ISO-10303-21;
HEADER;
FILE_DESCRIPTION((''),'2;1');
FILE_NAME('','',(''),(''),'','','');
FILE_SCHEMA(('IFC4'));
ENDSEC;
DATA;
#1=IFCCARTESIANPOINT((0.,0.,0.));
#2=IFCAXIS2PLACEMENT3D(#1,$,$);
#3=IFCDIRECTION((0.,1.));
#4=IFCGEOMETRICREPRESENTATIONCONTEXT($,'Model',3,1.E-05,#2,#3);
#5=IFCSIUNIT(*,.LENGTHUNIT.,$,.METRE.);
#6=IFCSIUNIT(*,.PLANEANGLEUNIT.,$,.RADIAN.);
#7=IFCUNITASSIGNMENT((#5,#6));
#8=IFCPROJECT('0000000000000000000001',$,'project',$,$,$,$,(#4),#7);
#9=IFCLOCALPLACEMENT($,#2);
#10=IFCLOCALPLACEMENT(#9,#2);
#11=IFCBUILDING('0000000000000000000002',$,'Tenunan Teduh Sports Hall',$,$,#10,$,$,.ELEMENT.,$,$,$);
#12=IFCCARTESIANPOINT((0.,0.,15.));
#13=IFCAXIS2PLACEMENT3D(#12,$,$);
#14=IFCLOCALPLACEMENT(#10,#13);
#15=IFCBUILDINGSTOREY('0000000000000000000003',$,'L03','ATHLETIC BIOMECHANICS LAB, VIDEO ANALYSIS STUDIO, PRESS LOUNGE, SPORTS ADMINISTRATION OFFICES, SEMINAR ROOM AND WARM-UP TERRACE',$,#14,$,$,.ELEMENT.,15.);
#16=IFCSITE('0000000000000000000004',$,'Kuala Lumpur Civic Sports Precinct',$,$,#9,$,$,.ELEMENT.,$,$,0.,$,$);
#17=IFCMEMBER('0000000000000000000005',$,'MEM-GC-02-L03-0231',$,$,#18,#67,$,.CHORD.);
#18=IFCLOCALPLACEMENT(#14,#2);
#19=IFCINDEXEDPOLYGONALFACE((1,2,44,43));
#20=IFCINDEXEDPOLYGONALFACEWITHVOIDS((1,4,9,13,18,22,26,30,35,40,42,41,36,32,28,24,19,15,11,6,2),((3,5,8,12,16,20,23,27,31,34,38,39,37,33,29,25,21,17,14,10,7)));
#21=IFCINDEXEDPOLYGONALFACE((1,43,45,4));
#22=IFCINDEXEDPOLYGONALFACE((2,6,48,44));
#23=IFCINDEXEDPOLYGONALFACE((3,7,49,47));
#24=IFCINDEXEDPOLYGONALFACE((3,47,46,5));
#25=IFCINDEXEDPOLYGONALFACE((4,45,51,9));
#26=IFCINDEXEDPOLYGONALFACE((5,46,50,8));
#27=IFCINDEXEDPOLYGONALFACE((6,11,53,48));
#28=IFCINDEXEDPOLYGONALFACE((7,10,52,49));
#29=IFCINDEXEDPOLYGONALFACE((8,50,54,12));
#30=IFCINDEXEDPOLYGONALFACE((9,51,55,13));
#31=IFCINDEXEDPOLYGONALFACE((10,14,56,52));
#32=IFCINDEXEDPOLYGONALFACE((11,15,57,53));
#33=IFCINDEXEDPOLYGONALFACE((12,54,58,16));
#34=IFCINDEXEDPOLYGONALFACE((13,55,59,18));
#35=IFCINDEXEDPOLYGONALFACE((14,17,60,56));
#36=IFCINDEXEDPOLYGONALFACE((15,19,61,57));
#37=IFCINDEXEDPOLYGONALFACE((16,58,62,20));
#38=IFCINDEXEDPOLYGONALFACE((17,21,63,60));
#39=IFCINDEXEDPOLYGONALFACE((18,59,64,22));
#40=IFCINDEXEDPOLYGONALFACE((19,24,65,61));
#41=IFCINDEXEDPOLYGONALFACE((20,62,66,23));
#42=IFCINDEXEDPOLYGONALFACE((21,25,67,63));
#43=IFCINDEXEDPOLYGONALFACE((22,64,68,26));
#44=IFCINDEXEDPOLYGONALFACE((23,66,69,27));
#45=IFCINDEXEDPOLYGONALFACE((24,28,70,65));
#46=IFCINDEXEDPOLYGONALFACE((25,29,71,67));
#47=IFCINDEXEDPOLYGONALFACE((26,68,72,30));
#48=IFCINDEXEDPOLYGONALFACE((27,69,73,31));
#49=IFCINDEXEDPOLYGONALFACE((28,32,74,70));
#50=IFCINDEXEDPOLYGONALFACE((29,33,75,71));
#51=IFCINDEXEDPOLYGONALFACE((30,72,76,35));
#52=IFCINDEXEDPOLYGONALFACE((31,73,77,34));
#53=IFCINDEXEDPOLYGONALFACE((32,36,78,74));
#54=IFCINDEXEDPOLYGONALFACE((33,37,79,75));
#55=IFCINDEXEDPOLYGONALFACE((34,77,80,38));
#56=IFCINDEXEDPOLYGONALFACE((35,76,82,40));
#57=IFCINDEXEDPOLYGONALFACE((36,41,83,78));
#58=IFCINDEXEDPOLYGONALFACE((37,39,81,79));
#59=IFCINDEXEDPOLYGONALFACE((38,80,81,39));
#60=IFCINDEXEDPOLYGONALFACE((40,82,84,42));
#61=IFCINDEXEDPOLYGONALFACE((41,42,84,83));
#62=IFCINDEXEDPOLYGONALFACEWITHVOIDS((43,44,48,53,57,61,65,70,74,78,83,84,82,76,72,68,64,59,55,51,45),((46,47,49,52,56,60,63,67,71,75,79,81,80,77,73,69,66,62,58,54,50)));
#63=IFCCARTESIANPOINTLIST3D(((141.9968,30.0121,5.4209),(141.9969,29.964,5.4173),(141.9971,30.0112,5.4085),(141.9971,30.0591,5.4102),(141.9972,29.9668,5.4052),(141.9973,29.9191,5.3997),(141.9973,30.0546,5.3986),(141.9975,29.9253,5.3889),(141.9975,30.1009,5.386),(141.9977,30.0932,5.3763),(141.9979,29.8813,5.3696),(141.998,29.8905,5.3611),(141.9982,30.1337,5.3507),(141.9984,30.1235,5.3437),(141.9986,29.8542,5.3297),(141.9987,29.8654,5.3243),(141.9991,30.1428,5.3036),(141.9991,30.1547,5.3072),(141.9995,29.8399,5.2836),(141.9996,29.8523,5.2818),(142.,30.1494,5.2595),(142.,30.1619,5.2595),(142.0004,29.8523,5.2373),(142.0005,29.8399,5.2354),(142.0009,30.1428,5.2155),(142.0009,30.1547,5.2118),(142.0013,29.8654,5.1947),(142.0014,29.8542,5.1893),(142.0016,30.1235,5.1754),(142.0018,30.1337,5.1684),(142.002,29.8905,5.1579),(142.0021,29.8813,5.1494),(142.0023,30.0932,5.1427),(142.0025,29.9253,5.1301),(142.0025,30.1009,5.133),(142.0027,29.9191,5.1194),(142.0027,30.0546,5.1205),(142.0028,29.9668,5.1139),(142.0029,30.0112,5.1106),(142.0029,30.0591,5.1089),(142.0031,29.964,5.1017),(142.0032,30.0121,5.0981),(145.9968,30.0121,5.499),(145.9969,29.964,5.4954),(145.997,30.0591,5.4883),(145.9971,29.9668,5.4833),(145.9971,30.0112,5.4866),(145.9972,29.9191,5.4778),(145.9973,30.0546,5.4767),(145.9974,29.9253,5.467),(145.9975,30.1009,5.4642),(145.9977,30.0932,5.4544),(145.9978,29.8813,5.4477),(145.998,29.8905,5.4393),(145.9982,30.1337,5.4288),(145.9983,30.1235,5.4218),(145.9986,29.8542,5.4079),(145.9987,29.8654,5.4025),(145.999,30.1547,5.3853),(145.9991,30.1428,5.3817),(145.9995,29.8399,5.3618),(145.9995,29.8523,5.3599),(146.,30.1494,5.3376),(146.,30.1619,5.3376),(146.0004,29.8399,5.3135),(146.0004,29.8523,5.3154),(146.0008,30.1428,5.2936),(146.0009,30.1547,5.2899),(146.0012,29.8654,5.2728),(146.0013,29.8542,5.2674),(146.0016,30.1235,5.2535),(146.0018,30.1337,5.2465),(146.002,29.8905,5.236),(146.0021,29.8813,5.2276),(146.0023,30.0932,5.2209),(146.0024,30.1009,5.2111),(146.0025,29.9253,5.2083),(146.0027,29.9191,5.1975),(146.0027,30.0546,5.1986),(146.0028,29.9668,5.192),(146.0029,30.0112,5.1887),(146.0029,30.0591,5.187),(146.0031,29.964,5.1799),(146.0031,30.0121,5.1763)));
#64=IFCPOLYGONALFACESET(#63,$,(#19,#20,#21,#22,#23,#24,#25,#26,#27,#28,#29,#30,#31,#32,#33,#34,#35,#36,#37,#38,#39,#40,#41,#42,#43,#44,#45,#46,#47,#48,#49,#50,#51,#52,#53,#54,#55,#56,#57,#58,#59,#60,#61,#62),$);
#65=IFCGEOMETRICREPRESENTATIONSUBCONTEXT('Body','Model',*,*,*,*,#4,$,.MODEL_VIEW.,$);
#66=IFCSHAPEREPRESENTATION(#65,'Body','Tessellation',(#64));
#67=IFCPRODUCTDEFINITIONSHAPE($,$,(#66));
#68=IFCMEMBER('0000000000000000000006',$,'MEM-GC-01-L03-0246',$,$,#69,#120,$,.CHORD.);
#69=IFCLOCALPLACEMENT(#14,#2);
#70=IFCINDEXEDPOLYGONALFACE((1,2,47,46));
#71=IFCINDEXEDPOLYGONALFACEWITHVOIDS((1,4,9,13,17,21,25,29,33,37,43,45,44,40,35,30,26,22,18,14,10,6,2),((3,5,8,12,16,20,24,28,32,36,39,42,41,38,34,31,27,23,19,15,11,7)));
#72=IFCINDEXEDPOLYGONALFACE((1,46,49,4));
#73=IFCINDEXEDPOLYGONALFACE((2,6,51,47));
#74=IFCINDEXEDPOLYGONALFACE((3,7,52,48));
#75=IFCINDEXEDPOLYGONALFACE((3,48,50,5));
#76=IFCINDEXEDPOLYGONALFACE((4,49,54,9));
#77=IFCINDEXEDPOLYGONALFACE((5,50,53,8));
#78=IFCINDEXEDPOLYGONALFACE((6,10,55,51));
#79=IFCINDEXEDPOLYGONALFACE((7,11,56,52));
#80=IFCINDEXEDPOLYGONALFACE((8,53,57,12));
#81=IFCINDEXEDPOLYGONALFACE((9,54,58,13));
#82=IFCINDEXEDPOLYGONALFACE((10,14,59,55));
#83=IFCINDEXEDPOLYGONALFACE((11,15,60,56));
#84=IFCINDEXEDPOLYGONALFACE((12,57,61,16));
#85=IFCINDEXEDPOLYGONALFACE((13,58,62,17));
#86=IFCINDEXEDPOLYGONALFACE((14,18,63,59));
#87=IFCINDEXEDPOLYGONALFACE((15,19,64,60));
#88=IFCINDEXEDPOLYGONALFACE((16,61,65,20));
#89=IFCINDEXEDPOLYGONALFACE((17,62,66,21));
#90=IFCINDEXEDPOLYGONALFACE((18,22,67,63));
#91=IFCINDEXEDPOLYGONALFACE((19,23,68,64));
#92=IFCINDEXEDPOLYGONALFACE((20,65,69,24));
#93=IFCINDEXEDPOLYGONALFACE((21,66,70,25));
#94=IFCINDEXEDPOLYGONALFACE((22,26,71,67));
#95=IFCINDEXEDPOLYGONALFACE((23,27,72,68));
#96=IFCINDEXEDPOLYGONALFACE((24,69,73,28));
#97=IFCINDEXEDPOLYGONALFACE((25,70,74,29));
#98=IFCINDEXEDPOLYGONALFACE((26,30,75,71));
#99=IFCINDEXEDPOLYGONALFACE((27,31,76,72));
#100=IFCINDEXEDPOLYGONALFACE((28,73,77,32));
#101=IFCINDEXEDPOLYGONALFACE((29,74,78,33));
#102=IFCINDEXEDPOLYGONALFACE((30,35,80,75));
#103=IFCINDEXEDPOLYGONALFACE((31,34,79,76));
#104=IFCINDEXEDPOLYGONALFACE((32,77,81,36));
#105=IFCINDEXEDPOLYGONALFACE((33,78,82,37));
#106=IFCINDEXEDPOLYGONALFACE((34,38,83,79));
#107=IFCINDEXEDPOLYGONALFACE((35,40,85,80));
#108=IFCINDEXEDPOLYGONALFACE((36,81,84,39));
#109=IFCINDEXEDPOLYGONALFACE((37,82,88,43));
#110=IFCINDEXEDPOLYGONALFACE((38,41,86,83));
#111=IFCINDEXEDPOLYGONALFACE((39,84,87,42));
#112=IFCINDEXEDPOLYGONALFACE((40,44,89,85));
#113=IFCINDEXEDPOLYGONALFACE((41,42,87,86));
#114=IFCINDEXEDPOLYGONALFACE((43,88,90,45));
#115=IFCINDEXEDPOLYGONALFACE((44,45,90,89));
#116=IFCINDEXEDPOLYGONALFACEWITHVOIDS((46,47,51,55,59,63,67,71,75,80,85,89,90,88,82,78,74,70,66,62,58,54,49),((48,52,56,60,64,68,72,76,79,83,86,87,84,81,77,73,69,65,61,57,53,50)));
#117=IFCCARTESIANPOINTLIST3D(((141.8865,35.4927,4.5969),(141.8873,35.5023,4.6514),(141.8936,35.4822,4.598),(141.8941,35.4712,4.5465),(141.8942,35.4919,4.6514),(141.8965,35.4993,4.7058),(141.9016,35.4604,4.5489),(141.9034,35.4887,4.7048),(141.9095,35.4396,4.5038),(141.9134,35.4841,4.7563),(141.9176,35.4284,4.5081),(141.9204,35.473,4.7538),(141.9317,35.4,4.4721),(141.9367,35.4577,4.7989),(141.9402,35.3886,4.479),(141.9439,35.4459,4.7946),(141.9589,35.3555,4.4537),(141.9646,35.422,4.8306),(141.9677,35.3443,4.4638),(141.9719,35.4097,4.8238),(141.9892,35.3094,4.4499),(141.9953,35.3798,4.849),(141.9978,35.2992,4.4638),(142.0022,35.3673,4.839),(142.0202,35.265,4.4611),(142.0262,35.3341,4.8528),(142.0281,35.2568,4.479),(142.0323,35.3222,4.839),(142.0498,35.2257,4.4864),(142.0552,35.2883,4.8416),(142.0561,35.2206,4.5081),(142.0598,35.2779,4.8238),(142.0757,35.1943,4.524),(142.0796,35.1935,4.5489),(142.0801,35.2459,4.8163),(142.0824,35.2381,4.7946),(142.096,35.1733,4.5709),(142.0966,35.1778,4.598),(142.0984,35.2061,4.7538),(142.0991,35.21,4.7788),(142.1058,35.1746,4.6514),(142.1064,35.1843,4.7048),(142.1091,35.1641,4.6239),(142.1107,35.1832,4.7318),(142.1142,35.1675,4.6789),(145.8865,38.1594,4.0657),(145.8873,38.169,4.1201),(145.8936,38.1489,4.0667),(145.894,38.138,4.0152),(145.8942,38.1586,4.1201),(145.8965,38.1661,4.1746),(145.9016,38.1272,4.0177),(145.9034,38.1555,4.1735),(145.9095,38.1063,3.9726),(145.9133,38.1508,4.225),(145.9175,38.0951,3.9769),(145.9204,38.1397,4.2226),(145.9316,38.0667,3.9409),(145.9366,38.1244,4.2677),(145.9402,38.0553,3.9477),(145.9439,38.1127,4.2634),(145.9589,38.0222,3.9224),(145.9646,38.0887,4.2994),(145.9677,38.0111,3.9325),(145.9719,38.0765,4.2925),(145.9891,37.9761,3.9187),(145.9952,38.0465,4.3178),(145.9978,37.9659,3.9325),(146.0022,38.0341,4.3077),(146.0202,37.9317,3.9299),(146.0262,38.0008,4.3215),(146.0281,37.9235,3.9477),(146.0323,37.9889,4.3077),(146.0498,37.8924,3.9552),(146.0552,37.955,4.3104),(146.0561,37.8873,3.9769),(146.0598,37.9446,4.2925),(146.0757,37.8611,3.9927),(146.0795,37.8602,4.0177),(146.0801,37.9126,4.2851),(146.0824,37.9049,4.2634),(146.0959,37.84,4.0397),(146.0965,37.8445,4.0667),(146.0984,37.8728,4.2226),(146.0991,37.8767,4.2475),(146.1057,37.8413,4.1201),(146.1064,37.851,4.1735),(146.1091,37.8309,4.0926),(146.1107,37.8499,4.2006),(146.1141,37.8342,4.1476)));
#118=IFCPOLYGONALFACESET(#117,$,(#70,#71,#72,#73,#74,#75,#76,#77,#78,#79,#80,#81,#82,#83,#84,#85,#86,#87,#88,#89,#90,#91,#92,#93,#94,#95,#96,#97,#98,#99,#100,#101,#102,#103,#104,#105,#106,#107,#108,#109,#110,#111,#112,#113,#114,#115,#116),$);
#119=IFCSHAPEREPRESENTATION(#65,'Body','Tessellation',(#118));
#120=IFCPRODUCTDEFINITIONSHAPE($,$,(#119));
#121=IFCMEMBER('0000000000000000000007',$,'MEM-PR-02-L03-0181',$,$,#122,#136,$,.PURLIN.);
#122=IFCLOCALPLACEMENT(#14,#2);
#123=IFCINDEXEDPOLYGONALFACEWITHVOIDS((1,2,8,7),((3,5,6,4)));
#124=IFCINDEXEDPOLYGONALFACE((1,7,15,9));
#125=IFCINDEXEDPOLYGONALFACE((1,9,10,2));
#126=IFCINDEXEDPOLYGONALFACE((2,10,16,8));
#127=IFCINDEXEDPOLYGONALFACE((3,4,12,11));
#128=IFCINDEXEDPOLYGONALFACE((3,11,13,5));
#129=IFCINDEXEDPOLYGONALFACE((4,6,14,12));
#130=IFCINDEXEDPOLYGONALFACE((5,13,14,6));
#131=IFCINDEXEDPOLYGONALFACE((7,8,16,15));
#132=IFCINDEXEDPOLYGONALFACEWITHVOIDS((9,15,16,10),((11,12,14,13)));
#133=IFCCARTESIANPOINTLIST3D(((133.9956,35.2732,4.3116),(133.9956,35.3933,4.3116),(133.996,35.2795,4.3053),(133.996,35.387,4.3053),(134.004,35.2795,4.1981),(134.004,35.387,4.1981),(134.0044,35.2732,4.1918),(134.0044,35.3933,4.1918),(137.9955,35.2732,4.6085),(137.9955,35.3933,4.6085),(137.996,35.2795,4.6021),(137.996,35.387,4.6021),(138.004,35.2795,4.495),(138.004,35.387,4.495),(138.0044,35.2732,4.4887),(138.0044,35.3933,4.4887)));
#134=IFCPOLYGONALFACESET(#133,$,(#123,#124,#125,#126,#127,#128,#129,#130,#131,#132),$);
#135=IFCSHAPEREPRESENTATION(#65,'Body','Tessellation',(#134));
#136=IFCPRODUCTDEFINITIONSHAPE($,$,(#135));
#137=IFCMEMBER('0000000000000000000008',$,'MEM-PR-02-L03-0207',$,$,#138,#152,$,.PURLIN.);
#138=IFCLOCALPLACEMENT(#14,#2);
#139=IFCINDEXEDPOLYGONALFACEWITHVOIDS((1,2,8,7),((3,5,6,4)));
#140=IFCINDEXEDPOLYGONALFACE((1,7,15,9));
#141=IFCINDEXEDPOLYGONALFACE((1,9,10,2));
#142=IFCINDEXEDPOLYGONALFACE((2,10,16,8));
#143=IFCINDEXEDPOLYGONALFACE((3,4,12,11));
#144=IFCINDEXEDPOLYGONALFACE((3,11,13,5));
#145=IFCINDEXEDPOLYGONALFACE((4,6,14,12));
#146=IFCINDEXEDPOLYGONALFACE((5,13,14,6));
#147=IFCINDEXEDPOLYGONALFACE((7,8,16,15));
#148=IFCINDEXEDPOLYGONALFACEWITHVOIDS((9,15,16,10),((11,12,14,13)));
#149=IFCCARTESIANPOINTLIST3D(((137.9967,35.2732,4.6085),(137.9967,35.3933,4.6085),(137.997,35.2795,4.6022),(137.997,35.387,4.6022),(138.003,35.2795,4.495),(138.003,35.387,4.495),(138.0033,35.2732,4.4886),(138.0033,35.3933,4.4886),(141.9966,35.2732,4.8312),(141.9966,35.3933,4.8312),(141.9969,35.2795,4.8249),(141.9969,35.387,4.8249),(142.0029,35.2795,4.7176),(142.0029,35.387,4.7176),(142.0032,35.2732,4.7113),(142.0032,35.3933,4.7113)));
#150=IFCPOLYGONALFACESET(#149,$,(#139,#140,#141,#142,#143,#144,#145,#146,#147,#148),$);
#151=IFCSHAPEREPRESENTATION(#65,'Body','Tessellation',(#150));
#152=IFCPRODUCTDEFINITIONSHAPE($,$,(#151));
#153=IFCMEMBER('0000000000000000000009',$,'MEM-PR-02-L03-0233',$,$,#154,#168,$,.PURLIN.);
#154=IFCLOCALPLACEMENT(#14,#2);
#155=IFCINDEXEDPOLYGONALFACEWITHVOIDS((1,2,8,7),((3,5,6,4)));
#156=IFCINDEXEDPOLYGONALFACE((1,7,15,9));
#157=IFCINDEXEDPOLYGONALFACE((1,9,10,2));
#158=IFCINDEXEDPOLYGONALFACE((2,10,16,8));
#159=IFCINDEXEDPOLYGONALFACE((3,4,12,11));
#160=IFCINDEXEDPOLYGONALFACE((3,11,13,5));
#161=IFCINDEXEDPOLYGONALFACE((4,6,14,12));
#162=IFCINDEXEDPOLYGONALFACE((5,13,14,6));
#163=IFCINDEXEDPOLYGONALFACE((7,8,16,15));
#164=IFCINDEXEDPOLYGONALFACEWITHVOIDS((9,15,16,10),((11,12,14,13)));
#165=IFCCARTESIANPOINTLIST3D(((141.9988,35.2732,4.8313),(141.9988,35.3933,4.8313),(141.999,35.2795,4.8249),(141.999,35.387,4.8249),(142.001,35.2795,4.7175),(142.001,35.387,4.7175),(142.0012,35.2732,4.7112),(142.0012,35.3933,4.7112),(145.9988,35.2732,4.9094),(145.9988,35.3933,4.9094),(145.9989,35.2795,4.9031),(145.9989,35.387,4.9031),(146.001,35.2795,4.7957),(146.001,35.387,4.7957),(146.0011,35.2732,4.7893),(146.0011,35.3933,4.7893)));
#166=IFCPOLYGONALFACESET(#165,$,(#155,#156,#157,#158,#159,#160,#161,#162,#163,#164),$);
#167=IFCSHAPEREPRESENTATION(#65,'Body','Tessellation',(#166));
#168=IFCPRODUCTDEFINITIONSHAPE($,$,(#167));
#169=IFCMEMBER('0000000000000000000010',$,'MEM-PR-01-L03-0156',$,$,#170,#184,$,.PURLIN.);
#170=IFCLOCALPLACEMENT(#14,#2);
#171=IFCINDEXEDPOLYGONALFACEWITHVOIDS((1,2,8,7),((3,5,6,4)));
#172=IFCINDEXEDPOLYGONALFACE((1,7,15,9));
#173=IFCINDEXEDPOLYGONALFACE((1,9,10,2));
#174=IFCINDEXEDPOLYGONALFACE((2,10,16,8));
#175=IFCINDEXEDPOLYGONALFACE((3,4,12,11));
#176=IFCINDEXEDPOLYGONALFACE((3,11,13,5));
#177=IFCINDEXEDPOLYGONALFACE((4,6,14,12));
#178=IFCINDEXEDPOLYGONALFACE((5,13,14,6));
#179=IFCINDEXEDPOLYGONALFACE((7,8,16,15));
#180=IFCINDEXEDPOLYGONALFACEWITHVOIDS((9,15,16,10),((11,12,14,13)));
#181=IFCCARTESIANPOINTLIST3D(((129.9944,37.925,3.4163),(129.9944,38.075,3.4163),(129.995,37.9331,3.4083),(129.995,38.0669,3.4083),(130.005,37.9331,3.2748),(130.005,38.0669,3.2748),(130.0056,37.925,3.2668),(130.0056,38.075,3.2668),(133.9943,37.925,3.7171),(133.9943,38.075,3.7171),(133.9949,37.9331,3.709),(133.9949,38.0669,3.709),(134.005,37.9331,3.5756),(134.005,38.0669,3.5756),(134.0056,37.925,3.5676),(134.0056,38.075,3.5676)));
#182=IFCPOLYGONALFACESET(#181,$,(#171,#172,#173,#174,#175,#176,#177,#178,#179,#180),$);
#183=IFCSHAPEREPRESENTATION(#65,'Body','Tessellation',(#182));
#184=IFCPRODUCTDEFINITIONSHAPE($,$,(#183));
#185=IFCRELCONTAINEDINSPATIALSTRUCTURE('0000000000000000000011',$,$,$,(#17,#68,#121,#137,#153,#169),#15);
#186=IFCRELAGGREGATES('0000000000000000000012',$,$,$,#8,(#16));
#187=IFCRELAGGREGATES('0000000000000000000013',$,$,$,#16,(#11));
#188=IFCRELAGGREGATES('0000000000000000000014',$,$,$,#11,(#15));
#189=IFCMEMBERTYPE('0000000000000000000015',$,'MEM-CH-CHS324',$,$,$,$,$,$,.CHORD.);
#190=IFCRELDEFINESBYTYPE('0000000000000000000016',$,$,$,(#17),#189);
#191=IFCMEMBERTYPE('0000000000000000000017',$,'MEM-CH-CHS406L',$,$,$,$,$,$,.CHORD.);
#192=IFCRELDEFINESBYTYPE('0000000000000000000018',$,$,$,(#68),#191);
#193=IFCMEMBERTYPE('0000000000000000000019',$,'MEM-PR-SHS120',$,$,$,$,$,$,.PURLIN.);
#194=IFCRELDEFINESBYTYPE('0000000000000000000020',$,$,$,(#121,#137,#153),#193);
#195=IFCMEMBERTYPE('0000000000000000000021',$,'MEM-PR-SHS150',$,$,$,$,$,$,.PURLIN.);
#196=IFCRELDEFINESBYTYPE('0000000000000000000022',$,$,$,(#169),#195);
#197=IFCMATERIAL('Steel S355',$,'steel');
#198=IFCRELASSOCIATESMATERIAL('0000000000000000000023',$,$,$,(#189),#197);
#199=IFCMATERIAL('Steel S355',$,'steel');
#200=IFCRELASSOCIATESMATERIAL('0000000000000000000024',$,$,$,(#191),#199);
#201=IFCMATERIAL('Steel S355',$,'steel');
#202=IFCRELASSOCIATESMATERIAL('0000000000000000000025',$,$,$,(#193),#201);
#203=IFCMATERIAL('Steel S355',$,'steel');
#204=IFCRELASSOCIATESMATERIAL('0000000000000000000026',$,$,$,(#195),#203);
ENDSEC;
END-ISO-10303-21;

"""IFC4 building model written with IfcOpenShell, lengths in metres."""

from ifc_helpers import new_model, si_unit, direction, frame, origin, origin_2d, place, context, subcontext, project, spatial, hollow_rectangle, hollow_circle, extrude, material, material_profile, profile_set, type_object, element, save


model = new_model("IFC4")

# Units and contexts
model_context = context("Model", 3, precision=1e-05, world=origin(), true_north=direction((0.0, 1.0)))
body_context = subcontext(model_context, "Body", "Model", "MODEL_VIEW")
ifc_project = project(units=[si_unit("LENGTHUNIT", "METRE"), si_unit("PLANEANGLEUNIT", "RADIAN")], contexts=[model_context])

# Site, building, storey
site_placement = place(None, origin())
site = spatial("IfcSite", under=ifc_project, at=site_placement, Name="Kuala Lumpur Civic Sports Precinct", CompositionType="ELEMENT", RefElevation=0.0)
building_placement = place(site_placement, origin())
building = spatial("IfcBuilding", under=site, at=building_placement, Name="Tenunan Teduh Sports Hall", CompositionType="ELEMENT")
storey_placement = place(building_placement, frame((0.0, 0.0, 15.0)))
storey = spatial("IfcBuildingStorey", under=building, at=storey_placement, Name="L03", Description="ATHLETIC BIOMECHANICS LAB, VIDEO ANALYSIS STUDIO, PRESS LOUNGE, SPORTS ADMINISTRATION OFFICES, SEMINAR ROOM AND WARM-UP TERRACE", CompositionType="ELEMENT", Elevation=15.0)

# Members
ifc_material_1 = material(Name="Steel S355", Category="steel")
ifc_material_profile_1 = material_profile(ifc_material_1, hollow_circle(Radius=0.1619, WallThickness=0.0125, at=origin_2d()), Name="CHS 323.9x12.5")
ifc_profile_set_1 = profile_set([ifc_material_profile_1], Name="Steel S355")
member_type_1 = type_object("IfcMemberType", Name="MEM-CH-CHS324", PredefinedType="CHORD", material=ifc_profile_set_1)
member_1_placement = place(storey_placement, frame((142.0, 30.0, 5.2595), z_axis=(0.999809, 0.0, 0.019528), x_axis=(0.0, 1.0, 0.0)))
element("IfcMember", 1, at=member_1_placement, inside=storey, type_object=member_type_1, Name="MEM-GC-02-L03-0231", PredefinedType="CHORD", context=body_context, shape_type="SweptSolid", body=[
    extrude(hollow_circle(Radius=0.1619, WallThickness=0.0125, at=origin_2d()), origin(), (0.0, 0.0, 1.0), 4.0007),
])
ifc_material_2 = material(Name="Steel S355", Category="steel")
ifc_material_profile_2 = material_profile(ifc_material_2, hollow_circle(Radius=0.2031, WallThickness=0.0125, at=origin_2d()), Name="CHS 406.4x12.5")
ifc_profile_set_2 = profile_set([ifc_material_profile_2], Name="Steel S355")
member_type_2 = type_object("IfcMemberType", Name="MEM-CH-CHS406L", PredefinedType="CHORD", material=ifc_profile_set_2)
member_2_placement = place(storey_placement, frame((142.0, 35.3333, 4.6514), z_axis=(0.827008, 0.551356, -0.109837), x_axis=(-0.554712, 0.832042, 0.0)))
element("IfcMember", 2, at=member_2_placement, inside=storey, type_object=member_type_2, Name="MEM-GC-01-L03-0246", PredefinedType="CHORD", context=body_context, shape_type="SweptSolid", body=[
    extrude(hollow_circle(Radius=0.2031, WallThickness=0.0125, at=origin_2d()), origin(), (0.0, 0.0, 1.0), 4.8367),
])
ifc_material_3 = material(Name="Steel S355", Category="steel")
ifc_material_profile_3 = material_profile(ifc_material_3, hollow_rectangle(XDim=0.1201, YDim=0.1201, WallThickness=0.0063, at=origin_2d()), Name="SHS 120x120x6.3")
ifc_profile_set_3 = profile_set([ifc_material_profile_3], Name="Steel S355")
member_type_3 = type_object("IfcMemberType", Name="MEM-PR-SHS120", PredefinedType="PURLIN", material=ifc_profile_set_3)
member_3_placement = place(storey_placement, frame((134.0, 35.3333, 4.2517), z_axis=(0.997257, 0.0, 0.074015), x_axis=(0.0, 1.0, 0.0)))
element("IfcMember", 3, at=member_3_placement, inside=storey, type_object=member_type_3, Name="MEM-PR-02-L03-0181", PredefinedType="PURLIN", context=body_context, shape_type="SweptSolid", body=[
    extrude(hollow_rectangle(XDim=0.1201, YDim=0.1201, WallThickness=0.0063, at=origin_2d()), origin(), (0.0, 0.0, 1.0), 4.011),
])
member_4_placement = place(storey_placement, frame((138.0, 35.3333, 4.5486), z_axis=(0.998454, 0.0, 0.055578), x_axis=(0.0, 1.0, 0.0)))
element("IfcMember", 4, at=member_4_placement, inside=storey, type_object=member_type_3, Name="MEM-PR-02-L03-0207", PredefinedType="PURLIN", context=body_context, shape_type="SweptSolid", body=[
    extrude(hollow_rectangle(XDim=0.1201, YDim=0.1201, WallThickness=0.0063, at=origin_2d()), origin(), (0.0, 0.0, 1.0), 4.0061),
])
member_5_placement = place(storey_placement, frame((142.0, 35.3333, 4.7712), z_axis=(0.999809, 0.0, 0.019528), x_axis=(0.0, 1.0, 0.0)))
element("IfcMember", 5, at=member_5_placement, inside=storey, type_object=member_type_3, Name="MEM-PR-02-L03-0233", PredefinedType="PURLIN", context=body_context, shape_type="SweptSolid", body=[
    extrude(hollow_rectangle(XDim=0.1201, YDim=0.1201, WallThickness=0.0063, at=origin_2d()), origin(), (0.0, 0.0, 1.0), 4.0007),
])
ifc_material_4 = material(Name="Steel S355", Category="steel")
ifc_material_profile_4 = material_profile(ifc_material_4, hollow_rectangle(XDim=0.1499, YDim=0.1499, WallThickness=0.0081, at=origin_2d()), Name="SHS 150x150x8.0")
ifc_profile_set_4 = profile_set([ifc_material_profile_4], Name="Steel S355")
member_type_4 = type_object("IfcMemberType", Name="MEM-PR-SHS150", PredefinedType="PURLIN", material=ifc_profile_set_4)
member_6_placement = place(storey_placement, frame((130.0, 38.0, 3.3416), z_axis=(0.997185, 0.0, 0.074984), x_axis=(0.0, 1.0, 0.0)))
element("IfcMember", 6, at=member_6_placement, inside=storey, type_object=member_type_4, Name="MEM-PR-01-L03-0156", PredefinedType="PURLIN", context=body_context, shape_type="SweptSolid", body=[
    extrude(hollow_rectangle(XDim=0.1499, YDim=0.1499, WallThickness=0.0081, at=origin_2d()), origin(), (0.0, 0.0, 1.0), 4.0112),
])

save(model, "model.ifc")
